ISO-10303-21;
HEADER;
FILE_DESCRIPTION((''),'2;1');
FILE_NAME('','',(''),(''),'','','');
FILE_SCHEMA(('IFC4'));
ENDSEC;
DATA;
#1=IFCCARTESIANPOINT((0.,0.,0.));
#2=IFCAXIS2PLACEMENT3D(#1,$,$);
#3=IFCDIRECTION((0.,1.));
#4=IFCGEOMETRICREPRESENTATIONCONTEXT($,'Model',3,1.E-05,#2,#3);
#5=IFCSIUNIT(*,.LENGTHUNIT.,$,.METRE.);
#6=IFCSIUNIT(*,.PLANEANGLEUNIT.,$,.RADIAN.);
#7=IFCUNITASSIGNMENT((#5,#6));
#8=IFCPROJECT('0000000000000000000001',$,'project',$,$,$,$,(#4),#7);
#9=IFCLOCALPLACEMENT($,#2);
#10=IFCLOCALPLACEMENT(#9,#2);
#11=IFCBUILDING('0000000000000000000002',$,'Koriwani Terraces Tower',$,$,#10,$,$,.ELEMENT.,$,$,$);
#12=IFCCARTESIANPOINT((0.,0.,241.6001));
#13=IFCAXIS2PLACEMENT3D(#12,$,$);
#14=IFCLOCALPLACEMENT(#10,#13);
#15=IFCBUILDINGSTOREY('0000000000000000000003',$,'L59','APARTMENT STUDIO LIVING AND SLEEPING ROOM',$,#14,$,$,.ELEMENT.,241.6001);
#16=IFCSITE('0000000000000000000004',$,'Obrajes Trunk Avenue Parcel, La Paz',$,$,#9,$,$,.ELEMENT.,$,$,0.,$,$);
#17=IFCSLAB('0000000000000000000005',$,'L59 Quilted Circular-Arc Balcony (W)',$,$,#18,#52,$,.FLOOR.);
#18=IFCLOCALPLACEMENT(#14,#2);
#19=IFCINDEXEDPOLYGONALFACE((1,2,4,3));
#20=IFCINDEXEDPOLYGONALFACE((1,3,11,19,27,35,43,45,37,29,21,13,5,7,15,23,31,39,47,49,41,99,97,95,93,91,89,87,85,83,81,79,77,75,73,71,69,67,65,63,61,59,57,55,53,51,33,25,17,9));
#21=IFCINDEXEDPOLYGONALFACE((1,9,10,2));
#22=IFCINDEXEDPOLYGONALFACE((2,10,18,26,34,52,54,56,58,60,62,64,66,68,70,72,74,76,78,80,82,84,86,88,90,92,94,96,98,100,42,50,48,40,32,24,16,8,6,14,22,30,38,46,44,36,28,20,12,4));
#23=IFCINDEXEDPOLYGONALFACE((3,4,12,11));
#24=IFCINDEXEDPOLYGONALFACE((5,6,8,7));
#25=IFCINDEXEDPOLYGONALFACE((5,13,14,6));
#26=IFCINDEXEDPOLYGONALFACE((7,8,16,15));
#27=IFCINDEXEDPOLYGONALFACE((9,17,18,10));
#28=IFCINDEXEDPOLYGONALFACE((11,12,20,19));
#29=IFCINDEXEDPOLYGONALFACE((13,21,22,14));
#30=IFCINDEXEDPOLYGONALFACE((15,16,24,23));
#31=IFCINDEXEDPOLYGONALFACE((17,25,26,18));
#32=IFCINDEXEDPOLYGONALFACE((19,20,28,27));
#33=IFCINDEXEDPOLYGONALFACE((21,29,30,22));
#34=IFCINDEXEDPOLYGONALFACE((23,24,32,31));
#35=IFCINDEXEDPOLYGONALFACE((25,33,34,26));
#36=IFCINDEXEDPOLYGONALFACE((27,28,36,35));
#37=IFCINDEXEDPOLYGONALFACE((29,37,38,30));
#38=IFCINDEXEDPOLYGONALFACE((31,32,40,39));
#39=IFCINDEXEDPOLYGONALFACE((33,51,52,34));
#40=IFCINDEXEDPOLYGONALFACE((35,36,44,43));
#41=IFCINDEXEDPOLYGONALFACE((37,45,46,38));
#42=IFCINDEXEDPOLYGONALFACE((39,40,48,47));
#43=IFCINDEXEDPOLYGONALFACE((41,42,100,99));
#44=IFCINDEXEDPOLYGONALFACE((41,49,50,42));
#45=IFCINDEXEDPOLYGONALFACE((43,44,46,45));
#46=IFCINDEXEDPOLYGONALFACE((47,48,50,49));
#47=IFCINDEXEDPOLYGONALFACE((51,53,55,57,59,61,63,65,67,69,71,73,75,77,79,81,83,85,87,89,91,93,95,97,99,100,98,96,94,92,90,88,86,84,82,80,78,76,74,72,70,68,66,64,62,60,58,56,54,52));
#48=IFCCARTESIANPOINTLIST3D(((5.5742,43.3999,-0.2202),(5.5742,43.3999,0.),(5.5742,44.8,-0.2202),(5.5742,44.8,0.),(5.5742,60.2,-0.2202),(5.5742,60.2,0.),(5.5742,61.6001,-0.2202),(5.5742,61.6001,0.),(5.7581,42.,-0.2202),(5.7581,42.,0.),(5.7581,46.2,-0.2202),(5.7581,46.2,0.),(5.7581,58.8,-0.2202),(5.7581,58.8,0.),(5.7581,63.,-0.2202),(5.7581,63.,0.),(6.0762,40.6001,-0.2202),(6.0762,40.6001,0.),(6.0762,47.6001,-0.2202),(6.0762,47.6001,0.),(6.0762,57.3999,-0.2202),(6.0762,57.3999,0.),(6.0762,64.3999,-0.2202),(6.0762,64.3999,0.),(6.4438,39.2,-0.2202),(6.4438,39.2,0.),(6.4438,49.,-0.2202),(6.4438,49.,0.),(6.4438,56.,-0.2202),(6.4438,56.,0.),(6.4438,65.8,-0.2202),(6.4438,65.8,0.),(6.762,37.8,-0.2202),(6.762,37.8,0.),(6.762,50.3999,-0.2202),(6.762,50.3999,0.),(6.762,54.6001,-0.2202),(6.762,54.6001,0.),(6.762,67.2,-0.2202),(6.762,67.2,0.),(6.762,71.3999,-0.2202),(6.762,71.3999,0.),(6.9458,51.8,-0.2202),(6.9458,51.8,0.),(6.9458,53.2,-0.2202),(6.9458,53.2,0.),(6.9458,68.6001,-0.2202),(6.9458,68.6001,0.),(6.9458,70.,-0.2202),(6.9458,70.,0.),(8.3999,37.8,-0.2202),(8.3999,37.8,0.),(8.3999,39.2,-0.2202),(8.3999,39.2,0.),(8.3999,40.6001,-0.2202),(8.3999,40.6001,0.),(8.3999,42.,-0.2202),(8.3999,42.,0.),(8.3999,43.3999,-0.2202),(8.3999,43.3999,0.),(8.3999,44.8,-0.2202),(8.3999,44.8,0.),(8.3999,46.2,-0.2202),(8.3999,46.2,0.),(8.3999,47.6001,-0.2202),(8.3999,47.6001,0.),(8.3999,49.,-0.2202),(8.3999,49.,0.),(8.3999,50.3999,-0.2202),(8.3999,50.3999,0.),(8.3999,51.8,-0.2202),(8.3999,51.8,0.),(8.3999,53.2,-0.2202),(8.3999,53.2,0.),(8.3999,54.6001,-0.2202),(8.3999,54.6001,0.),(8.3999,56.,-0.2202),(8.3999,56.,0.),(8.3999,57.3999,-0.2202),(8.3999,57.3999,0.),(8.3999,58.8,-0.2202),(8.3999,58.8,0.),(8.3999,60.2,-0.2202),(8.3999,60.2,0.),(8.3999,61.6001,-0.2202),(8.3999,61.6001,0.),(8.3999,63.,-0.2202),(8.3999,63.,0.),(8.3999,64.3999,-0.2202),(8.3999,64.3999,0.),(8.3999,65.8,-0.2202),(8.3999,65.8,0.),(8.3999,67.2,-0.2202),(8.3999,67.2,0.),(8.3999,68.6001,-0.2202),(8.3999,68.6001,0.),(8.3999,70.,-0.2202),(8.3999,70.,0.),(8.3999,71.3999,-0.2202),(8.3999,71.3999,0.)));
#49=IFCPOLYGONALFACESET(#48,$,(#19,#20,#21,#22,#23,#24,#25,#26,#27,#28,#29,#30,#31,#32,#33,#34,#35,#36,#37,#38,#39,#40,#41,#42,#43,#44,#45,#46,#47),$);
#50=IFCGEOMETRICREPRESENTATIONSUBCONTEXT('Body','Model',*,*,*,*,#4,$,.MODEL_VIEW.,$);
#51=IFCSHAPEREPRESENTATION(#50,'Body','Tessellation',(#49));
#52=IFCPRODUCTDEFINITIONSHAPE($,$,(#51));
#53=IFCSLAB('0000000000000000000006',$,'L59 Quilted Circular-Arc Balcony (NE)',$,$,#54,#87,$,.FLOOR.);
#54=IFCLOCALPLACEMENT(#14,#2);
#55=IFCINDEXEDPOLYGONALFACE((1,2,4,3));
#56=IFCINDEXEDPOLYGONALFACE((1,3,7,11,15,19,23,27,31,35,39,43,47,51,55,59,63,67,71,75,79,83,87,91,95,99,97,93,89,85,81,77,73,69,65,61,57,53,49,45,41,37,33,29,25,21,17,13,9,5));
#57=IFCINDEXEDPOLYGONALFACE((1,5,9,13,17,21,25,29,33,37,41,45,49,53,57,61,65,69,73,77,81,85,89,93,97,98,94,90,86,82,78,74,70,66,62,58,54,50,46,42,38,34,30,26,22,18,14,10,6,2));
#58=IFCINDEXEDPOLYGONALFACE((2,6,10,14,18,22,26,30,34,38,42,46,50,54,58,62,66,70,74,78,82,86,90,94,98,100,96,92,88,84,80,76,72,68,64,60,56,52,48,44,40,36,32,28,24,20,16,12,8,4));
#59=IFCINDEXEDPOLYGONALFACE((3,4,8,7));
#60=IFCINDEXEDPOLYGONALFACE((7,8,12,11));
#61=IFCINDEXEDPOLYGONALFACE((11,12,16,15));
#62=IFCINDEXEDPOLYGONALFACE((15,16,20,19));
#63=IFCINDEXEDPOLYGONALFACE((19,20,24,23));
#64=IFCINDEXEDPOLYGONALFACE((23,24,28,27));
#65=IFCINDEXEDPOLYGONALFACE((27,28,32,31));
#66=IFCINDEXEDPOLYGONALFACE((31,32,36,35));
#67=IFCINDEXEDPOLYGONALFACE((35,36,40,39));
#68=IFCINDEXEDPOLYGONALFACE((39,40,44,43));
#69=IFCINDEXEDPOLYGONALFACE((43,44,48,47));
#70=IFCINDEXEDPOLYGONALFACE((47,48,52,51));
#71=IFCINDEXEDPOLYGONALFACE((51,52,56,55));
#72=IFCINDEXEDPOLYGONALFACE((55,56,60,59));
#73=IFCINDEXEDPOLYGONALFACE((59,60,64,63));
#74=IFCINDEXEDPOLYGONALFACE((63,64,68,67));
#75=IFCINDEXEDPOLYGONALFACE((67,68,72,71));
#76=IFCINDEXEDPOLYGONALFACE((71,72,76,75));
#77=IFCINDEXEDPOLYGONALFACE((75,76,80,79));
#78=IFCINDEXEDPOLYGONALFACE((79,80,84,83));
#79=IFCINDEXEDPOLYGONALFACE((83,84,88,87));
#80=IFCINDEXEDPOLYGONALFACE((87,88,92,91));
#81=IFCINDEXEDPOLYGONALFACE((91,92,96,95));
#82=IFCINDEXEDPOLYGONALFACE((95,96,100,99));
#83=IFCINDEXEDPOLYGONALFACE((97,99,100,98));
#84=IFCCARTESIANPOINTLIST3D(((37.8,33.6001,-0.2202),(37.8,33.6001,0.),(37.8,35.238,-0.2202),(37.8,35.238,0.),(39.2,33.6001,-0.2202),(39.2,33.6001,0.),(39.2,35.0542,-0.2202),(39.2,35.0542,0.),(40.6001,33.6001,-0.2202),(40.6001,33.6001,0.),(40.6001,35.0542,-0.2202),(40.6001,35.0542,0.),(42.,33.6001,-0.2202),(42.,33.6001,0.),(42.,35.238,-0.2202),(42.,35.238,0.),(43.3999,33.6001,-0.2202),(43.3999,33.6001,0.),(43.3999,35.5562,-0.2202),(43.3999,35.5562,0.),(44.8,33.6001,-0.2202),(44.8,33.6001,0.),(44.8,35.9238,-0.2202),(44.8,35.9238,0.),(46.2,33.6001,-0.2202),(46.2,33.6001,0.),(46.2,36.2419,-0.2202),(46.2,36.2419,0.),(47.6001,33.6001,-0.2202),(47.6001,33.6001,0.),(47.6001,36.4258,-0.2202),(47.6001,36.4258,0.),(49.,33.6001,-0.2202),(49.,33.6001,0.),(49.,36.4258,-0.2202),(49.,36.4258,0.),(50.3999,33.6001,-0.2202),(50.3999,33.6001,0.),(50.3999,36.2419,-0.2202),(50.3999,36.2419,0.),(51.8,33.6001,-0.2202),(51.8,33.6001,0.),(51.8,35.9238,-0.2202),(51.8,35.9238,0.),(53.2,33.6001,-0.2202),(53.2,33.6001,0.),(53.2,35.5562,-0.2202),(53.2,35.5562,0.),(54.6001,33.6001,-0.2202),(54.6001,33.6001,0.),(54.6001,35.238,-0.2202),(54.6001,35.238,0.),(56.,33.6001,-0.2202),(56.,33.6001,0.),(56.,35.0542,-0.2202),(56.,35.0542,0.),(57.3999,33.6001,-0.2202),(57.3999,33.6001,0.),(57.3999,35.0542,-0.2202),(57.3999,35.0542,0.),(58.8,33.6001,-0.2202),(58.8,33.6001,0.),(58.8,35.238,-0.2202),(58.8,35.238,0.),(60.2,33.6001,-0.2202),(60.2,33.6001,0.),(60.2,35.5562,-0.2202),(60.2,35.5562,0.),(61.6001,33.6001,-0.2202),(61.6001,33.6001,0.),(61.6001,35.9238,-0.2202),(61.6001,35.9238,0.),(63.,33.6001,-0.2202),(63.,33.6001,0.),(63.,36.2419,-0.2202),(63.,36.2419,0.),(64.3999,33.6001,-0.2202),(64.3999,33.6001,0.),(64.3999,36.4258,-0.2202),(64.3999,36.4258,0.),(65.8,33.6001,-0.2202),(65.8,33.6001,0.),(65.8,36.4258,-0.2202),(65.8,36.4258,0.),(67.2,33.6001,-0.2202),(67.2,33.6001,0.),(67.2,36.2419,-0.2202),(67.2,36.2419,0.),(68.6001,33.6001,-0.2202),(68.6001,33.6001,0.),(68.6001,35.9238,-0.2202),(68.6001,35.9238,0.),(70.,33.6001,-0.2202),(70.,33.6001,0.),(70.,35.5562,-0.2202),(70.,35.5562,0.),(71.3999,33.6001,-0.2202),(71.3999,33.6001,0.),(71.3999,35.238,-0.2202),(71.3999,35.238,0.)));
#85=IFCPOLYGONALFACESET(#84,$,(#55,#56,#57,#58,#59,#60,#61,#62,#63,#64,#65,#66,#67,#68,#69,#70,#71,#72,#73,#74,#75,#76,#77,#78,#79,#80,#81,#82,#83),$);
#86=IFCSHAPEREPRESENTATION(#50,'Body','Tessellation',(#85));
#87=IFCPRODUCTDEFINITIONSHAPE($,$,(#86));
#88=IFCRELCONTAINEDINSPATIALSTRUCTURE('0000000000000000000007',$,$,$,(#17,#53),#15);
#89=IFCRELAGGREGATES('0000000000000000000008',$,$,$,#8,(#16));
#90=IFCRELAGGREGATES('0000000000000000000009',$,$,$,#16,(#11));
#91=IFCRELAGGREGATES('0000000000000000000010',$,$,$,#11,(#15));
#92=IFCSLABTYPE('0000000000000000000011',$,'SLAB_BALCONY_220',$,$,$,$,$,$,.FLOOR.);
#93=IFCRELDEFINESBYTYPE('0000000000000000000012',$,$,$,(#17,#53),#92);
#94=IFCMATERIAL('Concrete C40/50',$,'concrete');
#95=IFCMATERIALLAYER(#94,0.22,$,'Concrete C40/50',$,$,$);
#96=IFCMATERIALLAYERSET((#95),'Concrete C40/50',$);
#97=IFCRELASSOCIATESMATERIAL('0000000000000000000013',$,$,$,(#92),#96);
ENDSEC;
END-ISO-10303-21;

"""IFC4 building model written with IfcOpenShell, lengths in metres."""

from ifc_helpers import new_model, si_unit, direction, frame, origin, place, context, subcontext, project, spatial, polyline, outline, extrude, material, layer, layer_set, type_object, element, save


model = new_model("IFC4")

# Units and contexts
model_context = context("Model", 3, precision=1e-05, world=origin(), true_north=direction((0.0, 1.0)))
body_context = subcontext(model_context, "Body", "Model", "MODEL_VIEW")
ifc_project = project(units=[si_unit("LENGTHUNIT", "METRE"), si_unit("PLANEANGLEUNIT", "RADIAN")], contexts=[model_context])

# Site, building, storey
site_placement = place(None, origin())
site = spatial("IfcSite", under=ifc_project, at=site_placement, Name="Obrajes Trunk Avenue Parcel, La Paz", CompositionType="ELEMENT", RefElevation=0.0)
building_placement = place(site_placement, origin())
building = spatial("IfcBuilding", under=site, at=building_placement, Name="Koriwani Terraces Tower", CompositionType="ELEMENT")
storey_placement = place(building_placement, frame((0.0, 0.0, 241.6001)))
storey = spatial("IfcBuildingStorey", under=building, at=storey_placement, Name="L59", Description="APARTMENT STUDIO LIVING AND SLEEPING ROOM", CompositionType="ELEMENT", Elevation=241.6001)

# Slabs
ifc_material_1 = material(Name="Concrete C40/50", Category="concrete")
ifc_layer_1 = layer(ifc_material_1, 0.22, Name="Concrete C40/50")
ifc_layer_set_1 = layer_set([ifc_layer_1], Name="Concrete C40/50")
slab_type_1 = type_object("IfcSlabType", Name="SLAB_BALCONY_220", PredefinedType="FLOOR", material=ifc_layer_set_1)
slab_1_placement = place(storey_placement, frame((0.0, 0.0, -0.2202)))
element("IfcSlab", 1, at=slab_1_placement, inside=storey, type_object=slab_type_1, Name="L59 Quilted Circular-Arc Balcony (W)", PredefinedType="FLOOR", context=body_context, shape_type="SweptSolid", body=[
    extrude(outline(polyline([(8.3999, 37.8), (8.3999, 39.2), (8.3999, 40.6001), (8.3999, 42.0), (8.3999, 43.3999), (8.3999, 44.8), (8.3999, 46.2), (8.3999, 47.6001), (8.3999, 49.0), (8.3999, 50.3999), (8.3999, 51.8), (8.3999, 53.2), (8.3999, 54.6001), (8.3999, 56.0), (8.3999, 57.3999), (8.3999, 58.8), (8.3999, 60.2), (8.3999, 61.6001), (8.3999, 63.0), (8.3999, 64.3999), (8.3999, 65.8), (8.3999, 67.2), (8.3999, 68.6001), (8.3999, 70.0), (8.3999, 71.3999), (6.762, 71.3999), (6.9458, 70.0), (6.9458, 68.6001), (6.762, 67.2), (6.4438, 65.8), (6.0762, 64.3999), (5.7581, 63.0), (5.5742, 61.6001), (5.5742, 60.2), (5.7581, 58.8), (6.0762, 57.3999), (6.4438, 56.0), (6.762, 54.6001), (6.9458, 53.2), (6.9458, 51.8), (6.762, 50.3999), (6.4438, 49.0), (6.0762, 47.6001), (5.7581, 46.2), (5.5742, 44.8), (5.5742, 43.3999), (5.7581, 42.0), (6.0762, 40.6001), (6.4438, 39.2), (6.762, 37.8), (8.3999, 37.8)])), origin(), (0.0, 0.0, 1.0), 0.2202),
])
slab_2_placement = place(storey_placement, frame((0.0, 0.0, -0.2202)))
element("IfcSlab", 2, at=slab_2_placement, inside=storey, type_object=slab_type_1, Name="L59 Quilted Circular-Arc Balcony (NE)", PredefinedType="FLOOR", context=body_context, shape_type="SweptSolid", body=[
    extrude(outline(polyline([(71.3999, 33.6001), (70.0, 33.6001), (68.6001, 33.6001), (67.2, 33.6001), (65.8, 33.6001), (64.3999, 33.6001), (63.0, 33.6001), (61.6001, 33.6001), (60.2, 33.6001), (58.8, 33.6001), (57.3999, 33.6001), (56.0, 33.6001), (54.6001, 33.6001), (53.2, 33.6001), (51.8, 33.6001), (50.3999, 33.6001), (49.0, 33.6001), (47.6001, 33.6001), (46.2, 33.6001), (44.8, 33.6001), (43.3999, 33.6001), (42.0, 33.6001), (40.6001, 33.6001), (39.2, 33.6001), (37.8, 33.6001), (37.8, 35.238), (39.2, 35.0542), (40.6001, 35.0542), (42.0, 35.238), (43.3999, 35.5562), (44.8, 35.9238), (46.2, 36.2419), (47.6001, 36.4258), (49.0, 36.4258), (50.3999, 36.2419), (51.8, 35.9238), (53.2, 35.5562), (54.6001, 35.238), (56.0, 35.0542), (57.3999, 35.0542), (58.8, 35.238), (60.2, 35.5562), (61.6001, 35.9238), (63.0, 36.2419), (64.3999, 36.4258), (65.8, 36.4258), (67.2, 36.2419), (68.6001, 35.9238), (70.0, 35.5562), (71.3999, 35.238), (71.3999, 33.6001)])), origin(), (0.0, 0.0, 1.0), 0.2202),
])

save(model, "model.ifc")
